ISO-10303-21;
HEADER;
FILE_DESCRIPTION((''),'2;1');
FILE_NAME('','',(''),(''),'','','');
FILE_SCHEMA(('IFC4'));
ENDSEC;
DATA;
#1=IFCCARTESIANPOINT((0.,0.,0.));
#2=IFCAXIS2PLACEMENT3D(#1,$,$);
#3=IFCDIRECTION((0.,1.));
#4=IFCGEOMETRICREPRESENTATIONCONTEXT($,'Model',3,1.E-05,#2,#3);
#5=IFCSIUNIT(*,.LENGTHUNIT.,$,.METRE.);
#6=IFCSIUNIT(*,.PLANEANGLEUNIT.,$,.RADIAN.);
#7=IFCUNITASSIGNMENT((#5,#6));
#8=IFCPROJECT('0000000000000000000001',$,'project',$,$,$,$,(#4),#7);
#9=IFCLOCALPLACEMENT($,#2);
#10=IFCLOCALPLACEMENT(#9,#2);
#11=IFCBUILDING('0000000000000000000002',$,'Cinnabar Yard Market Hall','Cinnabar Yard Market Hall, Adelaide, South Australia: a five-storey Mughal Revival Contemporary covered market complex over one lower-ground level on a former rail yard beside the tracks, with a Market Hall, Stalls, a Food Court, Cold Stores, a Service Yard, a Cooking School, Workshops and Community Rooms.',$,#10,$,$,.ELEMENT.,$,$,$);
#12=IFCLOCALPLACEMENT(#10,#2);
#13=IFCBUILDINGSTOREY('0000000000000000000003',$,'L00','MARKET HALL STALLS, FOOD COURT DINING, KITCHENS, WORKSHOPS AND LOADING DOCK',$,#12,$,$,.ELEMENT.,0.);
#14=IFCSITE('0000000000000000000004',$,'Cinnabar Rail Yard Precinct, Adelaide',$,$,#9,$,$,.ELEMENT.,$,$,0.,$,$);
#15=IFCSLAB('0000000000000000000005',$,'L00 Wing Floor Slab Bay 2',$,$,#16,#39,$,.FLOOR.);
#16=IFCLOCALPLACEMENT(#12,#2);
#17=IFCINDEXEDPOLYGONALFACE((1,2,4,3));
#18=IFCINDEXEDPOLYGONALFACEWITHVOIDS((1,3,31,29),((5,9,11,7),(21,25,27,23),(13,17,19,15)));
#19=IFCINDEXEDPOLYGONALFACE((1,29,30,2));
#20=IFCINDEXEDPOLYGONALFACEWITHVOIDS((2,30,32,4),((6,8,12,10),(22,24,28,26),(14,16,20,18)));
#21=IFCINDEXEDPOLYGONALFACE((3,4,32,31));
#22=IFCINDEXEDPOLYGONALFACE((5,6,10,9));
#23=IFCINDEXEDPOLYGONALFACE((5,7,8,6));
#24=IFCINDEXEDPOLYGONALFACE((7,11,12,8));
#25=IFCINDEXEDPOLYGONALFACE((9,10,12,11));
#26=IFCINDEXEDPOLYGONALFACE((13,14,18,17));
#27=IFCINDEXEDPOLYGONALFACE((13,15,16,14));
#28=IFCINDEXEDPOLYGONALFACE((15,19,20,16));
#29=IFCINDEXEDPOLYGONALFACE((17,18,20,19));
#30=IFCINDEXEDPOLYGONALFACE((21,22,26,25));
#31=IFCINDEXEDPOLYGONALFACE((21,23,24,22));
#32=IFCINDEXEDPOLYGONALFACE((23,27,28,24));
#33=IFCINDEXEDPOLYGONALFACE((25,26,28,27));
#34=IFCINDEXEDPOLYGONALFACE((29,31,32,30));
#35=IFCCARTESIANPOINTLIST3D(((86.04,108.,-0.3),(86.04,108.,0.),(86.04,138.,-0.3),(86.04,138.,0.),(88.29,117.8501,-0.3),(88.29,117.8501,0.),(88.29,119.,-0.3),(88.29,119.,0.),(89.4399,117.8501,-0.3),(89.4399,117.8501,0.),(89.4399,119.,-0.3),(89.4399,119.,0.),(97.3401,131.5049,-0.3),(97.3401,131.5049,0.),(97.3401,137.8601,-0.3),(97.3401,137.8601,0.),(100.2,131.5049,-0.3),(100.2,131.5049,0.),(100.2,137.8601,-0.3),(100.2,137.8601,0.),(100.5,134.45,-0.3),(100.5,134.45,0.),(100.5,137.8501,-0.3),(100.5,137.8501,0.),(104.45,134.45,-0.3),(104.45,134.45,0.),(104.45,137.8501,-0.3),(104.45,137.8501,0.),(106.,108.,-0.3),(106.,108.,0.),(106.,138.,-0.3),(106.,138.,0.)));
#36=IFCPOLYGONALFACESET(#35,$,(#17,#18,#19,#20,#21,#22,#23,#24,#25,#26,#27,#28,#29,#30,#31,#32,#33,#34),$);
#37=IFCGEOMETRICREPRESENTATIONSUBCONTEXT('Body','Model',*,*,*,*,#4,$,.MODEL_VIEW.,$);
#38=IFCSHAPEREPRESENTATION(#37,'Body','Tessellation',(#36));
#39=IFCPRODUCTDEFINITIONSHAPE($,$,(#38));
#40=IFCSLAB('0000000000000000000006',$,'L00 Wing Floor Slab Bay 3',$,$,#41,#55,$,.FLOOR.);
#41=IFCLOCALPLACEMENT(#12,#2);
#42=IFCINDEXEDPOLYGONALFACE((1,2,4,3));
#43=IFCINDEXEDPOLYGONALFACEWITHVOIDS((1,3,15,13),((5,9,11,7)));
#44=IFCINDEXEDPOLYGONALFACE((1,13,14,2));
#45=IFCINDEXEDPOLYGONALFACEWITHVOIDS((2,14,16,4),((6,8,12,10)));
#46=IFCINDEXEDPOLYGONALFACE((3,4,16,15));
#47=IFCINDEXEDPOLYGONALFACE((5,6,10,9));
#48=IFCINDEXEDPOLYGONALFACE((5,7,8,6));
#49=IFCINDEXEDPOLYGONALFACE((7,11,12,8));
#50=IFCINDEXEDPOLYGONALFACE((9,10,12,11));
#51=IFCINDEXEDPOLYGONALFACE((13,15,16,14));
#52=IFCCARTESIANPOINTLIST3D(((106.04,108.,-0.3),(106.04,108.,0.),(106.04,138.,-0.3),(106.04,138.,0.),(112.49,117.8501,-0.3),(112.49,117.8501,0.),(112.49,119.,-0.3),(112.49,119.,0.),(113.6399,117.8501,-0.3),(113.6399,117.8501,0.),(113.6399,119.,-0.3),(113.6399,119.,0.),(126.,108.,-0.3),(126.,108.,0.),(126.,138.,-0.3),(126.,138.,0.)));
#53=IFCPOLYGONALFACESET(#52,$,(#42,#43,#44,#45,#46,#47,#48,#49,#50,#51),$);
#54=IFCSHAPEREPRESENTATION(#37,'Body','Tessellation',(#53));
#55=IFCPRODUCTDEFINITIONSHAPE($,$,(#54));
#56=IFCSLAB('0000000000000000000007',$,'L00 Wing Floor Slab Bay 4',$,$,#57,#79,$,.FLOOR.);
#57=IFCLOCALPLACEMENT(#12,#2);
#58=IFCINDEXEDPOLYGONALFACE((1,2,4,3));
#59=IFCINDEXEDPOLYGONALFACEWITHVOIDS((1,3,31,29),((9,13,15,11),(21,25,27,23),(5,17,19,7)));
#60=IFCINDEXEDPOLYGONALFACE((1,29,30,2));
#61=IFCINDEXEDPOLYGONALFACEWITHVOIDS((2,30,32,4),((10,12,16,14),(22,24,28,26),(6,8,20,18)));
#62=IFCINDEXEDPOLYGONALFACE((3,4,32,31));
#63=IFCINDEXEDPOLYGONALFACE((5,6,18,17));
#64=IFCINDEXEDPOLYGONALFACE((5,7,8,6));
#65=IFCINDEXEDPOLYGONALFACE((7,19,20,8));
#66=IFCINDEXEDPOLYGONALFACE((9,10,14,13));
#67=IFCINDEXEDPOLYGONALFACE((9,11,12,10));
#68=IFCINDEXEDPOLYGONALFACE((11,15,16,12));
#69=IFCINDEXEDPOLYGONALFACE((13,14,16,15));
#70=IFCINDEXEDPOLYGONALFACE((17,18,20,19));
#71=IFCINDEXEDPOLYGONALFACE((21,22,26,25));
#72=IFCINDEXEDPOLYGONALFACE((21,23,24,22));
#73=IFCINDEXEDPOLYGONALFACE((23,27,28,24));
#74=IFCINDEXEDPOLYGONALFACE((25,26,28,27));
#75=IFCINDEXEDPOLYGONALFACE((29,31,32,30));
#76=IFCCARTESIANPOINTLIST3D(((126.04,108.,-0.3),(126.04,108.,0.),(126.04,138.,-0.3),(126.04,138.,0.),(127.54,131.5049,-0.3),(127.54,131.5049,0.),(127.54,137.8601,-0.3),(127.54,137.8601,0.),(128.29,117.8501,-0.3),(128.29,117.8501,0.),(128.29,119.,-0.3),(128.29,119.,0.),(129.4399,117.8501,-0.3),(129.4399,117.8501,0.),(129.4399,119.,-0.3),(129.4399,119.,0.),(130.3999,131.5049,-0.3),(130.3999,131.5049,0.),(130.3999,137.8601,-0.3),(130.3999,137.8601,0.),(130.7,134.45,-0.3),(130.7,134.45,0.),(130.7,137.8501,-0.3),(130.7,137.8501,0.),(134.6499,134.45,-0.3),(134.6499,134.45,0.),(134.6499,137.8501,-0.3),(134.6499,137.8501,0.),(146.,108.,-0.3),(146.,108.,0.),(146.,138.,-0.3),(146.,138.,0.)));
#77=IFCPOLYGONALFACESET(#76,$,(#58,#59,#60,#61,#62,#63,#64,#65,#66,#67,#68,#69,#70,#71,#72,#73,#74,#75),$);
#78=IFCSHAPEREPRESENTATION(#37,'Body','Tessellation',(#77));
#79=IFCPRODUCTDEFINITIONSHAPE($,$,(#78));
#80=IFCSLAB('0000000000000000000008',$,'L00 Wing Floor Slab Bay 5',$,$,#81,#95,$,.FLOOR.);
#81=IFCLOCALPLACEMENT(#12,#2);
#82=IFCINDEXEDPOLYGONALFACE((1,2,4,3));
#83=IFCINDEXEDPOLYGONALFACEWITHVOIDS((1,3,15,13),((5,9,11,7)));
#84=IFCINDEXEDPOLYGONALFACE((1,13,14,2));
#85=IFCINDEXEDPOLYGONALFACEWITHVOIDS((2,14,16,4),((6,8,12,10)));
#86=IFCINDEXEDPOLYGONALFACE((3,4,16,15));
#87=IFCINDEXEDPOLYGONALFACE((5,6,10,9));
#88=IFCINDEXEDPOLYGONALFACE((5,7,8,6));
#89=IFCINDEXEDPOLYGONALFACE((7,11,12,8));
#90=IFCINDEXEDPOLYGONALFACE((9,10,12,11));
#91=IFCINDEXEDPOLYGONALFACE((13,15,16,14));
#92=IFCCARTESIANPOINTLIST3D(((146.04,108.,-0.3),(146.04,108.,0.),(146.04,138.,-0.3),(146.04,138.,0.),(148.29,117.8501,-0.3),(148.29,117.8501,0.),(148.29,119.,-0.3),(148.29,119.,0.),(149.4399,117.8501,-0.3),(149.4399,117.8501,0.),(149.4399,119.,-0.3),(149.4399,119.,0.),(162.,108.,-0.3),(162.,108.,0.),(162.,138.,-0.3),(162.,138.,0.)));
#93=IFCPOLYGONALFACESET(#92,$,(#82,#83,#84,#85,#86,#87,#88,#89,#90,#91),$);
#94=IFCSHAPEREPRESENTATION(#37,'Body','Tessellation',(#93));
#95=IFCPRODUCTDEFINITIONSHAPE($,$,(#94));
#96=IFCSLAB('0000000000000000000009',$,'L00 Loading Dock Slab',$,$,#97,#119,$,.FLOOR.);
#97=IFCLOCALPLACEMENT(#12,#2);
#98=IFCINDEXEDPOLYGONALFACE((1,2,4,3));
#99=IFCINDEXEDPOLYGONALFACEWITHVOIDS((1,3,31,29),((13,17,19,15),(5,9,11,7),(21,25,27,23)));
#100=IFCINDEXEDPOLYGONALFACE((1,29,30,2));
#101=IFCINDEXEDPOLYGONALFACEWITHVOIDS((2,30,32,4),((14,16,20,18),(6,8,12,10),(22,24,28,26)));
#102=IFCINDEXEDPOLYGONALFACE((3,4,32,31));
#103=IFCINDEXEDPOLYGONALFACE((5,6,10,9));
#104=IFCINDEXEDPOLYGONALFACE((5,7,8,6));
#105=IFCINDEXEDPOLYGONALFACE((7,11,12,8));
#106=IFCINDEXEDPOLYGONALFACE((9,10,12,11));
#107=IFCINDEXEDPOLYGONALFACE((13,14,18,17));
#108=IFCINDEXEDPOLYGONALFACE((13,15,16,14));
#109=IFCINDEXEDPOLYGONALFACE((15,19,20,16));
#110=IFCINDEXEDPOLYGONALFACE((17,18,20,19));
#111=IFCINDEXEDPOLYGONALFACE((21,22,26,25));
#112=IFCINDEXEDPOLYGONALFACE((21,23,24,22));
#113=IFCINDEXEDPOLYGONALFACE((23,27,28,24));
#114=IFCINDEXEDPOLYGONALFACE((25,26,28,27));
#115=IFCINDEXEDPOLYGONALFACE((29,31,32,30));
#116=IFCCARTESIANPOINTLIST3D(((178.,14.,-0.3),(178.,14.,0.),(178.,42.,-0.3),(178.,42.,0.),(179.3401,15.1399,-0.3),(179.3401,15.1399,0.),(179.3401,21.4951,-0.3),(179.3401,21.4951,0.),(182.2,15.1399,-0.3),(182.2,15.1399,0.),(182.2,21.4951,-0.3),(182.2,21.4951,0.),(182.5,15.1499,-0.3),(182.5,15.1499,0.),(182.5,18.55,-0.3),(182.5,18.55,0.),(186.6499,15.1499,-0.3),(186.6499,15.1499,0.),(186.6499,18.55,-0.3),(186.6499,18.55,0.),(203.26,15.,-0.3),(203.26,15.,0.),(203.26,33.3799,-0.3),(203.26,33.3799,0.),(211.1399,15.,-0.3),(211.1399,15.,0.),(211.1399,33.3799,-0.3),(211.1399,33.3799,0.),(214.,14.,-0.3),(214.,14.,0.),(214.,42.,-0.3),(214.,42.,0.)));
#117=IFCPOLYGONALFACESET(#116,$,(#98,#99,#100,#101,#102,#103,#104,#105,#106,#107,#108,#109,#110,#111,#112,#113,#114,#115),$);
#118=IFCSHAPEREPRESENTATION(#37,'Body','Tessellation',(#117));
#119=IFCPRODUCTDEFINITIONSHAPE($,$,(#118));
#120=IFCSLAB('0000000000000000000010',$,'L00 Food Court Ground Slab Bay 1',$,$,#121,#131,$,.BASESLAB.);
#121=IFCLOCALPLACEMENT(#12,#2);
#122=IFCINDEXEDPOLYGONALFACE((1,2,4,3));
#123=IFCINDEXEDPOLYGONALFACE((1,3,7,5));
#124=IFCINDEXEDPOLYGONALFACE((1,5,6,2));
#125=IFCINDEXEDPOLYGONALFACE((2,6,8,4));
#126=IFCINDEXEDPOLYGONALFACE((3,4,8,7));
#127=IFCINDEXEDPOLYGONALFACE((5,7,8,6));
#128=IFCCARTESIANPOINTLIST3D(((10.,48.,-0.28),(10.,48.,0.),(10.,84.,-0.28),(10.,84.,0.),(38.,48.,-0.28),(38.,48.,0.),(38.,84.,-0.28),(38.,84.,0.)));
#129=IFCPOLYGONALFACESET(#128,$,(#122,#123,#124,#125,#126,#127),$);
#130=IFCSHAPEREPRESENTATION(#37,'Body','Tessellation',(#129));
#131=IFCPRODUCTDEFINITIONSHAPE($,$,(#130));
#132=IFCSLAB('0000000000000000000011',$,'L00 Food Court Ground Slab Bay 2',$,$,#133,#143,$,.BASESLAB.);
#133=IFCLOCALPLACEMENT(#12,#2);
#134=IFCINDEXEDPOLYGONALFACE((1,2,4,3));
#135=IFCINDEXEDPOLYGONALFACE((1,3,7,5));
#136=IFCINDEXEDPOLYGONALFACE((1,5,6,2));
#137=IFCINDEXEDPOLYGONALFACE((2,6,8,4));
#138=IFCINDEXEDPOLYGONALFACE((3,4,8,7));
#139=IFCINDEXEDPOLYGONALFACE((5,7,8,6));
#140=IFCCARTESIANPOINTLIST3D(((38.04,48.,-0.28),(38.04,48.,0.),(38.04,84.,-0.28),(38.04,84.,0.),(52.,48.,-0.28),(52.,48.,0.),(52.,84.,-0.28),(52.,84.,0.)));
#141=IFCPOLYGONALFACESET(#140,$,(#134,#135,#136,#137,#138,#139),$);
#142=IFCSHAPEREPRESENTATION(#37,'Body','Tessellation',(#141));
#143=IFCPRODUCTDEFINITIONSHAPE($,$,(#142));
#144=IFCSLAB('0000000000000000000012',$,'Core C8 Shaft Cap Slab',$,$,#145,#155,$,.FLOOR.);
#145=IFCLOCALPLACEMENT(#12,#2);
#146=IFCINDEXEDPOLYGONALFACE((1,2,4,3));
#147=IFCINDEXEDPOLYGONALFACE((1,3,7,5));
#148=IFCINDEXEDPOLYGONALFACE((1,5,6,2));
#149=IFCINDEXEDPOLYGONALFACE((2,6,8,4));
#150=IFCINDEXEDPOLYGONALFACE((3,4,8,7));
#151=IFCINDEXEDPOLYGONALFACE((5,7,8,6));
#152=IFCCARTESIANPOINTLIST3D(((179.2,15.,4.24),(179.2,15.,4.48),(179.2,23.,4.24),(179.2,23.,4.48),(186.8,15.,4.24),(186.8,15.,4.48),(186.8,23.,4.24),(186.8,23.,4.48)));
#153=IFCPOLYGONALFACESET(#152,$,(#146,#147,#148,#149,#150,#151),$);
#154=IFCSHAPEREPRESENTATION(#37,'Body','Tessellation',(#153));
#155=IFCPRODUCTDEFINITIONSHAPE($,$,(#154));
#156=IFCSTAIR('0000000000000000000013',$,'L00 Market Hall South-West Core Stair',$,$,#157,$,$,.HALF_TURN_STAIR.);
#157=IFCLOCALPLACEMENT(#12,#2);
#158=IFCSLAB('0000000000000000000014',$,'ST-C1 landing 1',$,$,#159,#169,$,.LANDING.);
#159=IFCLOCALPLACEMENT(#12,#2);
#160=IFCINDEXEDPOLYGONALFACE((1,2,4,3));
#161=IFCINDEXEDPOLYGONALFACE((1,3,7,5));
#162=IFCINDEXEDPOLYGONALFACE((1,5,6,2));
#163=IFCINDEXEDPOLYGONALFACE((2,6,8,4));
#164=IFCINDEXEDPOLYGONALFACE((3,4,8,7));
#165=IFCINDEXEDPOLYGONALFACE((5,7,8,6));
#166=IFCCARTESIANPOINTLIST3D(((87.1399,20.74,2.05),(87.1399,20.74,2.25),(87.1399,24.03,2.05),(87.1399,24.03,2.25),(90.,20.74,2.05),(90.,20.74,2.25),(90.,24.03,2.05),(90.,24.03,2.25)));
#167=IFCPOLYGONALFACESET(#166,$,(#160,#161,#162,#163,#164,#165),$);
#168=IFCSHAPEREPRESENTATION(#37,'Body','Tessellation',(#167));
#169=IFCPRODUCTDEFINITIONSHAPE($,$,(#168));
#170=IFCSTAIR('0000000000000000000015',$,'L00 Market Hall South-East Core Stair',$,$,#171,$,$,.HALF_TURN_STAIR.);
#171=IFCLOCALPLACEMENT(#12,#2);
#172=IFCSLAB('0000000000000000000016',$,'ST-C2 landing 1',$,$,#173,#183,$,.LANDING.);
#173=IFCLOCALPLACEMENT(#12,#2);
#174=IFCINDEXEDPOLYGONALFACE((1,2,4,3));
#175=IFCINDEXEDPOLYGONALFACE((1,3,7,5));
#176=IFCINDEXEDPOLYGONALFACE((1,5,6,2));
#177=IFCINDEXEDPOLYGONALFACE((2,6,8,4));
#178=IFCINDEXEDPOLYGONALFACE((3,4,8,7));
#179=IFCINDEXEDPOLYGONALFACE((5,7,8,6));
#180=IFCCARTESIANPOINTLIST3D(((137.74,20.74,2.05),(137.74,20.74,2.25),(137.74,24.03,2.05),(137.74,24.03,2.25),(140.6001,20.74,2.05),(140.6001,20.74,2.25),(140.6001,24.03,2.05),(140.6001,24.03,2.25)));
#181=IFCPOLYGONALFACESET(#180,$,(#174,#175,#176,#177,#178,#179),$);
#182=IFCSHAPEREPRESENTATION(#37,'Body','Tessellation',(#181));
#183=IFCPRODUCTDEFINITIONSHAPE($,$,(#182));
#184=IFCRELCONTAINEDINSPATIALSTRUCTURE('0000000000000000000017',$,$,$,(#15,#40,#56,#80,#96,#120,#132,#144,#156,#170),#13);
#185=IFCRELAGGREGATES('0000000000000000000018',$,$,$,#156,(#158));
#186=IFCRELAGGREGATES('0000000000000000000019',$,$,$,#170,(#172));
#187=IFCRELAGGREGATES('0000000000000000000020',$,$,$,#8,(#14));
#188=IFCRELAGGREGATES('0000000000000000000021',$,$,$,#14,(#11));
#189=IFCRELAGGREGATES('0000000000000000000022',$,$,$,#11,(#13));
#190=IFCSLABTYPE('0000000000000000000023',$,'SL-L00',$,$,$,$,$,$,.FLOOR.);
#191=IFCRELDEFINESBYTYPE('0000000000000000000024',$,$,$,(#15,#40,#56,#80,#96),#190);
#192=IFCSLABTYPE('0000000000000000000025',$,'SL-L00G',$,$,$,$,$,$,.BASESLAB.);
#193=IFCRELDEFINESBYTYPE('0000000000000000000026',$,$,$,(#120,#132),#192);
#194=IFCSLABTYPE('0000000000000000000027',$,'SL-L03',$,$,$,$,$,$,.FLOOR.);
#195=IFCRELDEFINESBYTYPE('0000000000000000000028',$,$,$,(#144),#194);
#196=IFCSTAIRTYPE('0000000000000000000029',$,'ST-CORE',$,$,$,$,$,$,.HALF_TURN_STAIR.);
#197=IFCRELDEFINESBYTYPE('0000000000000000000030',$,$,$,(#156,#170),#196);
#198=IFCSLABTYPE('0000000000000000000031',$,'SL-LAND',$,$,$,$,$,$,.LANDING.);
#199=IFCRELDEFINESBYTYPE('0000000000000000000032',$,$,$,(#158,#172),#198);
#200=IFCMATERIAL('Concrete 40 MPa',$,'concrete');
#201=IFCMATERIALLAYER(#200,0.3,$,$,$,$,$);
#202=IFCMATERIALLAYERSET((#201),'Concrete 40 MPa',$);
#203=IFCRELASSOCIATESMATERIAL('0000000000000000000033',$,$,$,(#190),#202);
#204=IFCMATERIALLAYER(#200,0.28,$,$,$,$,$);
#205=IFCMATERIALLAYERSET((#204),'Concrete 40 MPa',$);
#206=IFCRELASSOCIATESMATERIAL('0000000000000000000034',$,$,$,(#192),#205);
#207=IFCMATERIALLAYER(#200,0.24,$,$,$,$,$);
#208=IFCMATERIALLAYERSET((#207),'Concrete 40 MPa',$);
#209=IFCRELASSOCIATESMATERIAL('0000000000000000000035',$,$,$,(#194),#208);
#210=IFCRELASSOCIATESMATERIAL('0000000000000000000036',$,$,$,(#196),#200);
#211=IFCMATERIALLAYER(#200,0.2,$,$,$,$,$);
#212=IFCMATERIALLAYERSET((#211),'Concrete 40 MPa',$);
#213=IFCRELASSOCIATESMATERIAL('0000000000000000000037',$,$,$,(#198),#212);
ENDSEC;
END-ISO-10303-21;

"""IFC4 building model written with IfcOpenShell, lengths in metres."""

from ifc_helpers import new_model, si_unit, direction, frame, origin, place, context, subcontext, project, spatial, polyline, outline, extrude, material, layer, layer_set, type_object, element, aggregate, save


model = new_model("IFC4")

# Units and contexts
model_context = context("Model", 3, precision=1e-05, world=origin(), true_north=direction((0.0, 1.0)))
body_context = subcontext(model_context, "Body", "Model", "MODEL_VIEW")
ifc_project = project(units=[si_unit("LENGTHUNIT", "METRE"), si_unit("PLANEANGLEUNIT", "RADIAN")], contexts=[model_context])

# Site, building, storey
site_placement = place(None, origin())
site = spatial("IfcSite", under=ifc_project, at=site_placement, Name="Cinnabar Rail Yard Precinct, Adelaide", CompositionType="ELEMENT", RefElevation=0.0)
building_placement = place(site_placement, origin())
building = spatial("IfcBuilding", under=site, at=building_placement, Name="Cinnabar Yard Market Hall", Description="Cinnabar Yard Market Hall, Adelaide, South Australia: a five-storey Mughal Revival Contemporary covered market complex over one lower-ground level on a former rail yard beside the tracks, with a Market Hall, Stalls, a Food Court, Cold Stores, a Service Yard, a Cooking School, Workshops and Community Rooms.", CompositionType="ELEMENT")
storey_placement = place(building_placement, origin())
storey = spatial("IfcBuildingStorey", under=building, at=storey_placement, Name="L00", Description="MARKET HALL STALLS, FOOD COURT DINING, KITCHENS, WORKSHOPS AND LOADING DOCK", CompositionType="ELEMENT", Elevation=0.0)

# Slabs
ifc_material = material(Name="Concrete 40 MPa", Category="concrete")
ifc_layer_1 = layer(ifc_material, 0.3)
ifc_layer_set_1 = layer_set([ifc_layer_1], Name="Concrete 40 MPa")
slab_type_1 = type_object("IfcSlabType", Name="SL-L00", PredefinedType="FLOOR", material=ifc_layer_set_1)
slab_1_placement = place(storey_placement, frame((0.0, 0.0, -0.3)))
element("IfcSlab", 1, at=slab_1_placement, inside=storey, type_object=slab_type_1, Name="L00 Wing Floor Slab Bay 2", PredefinedType="FLOOR", context=body_context, shape_type="SweptSolid", body=[
    extrude(outline(polyline([(86.04, 108.0), (106.0, 108.0), (106.0, 138.0), (86.04, 138.0), (86.04, 108.0)]), holes=[polyline([(88.29, 117.8501), (89.4399, 117.8501), (89.4399, 119.0), (88.29, 119.0), (88.29, 117.8501)]), polyline([(100.2, 131.5049), (100.2, 137.8601), (97.3401, 137.8601), (97.3401, 131.5049), (100.2, 131.5049)]), polyline([(100.5, 134.45), (104.45, 134.45), (104.45, 137.8501), (100.5, 137.8501), (100.5, 134.45)])]), origin(), (0.0, 0.0, 1.0), 0.3),
])
slab_2_placement = place(storey_placement, frame((0.0, 0.0, -0.3)))
element("IfcSlab", 2, at=slab_2_placement, inside=storey, type_object=slab_type_1, Name="L00 Wing Floor Slab Bay 3", PredefinedType="FLOOR", context=body_context, shape_type="SweptSolid", body=[
    extrude(outline(polyline([(106.04, 108.0), (126.0, 108.0), (126.0, 138.0), (106.04, 138.0), (106.04, 108.0)]), holes=[polyline([(112.49, 117.8501), (113.6399, 117.8501), (113.6399, 119.0), (112.49, 119.0), (112.49, 117.8501)])]), origin(), (0.0, 0.0, 1.0), 0.3),
])
slab_3_placement = place(storey_placement, frame((0.0, 0.0, -0.3)))
element("IfcSlab", 3, at=slab_3_placement, inside=storey, type_object=slab_type_1, Name="L00 Wing Floor Slab Bay 4", PredefinedType="FLOOR", context=body_context, shape_type="SweptSolid", body=[
    extrude(outline(polyline([(126.04, 108.0), (146.0, 108.0), (146.0, 138.0), (126.04, 138.0), (126.04, 108.0)]), holes=[polyline([(128.29, 117.8501), (129.4399, 117.8501), (129.4399, 119.0), (128.29, 119.0), (128.29, 117.8501)]), polyline([(130.3999, 131.5049), (130.3999, 137.8601), (127.54, 137.8601), (127.54, 131.5049), (130.3999, 131.5049)]), polyline([(130.7, 134.45), (134.6499, 134.45), (134.6499, 137.8501), (130.7, 137.8501), (130.7, 134.45)])]), origin(), (0.0, 0.0, 1.0), 0.3),
])
slab_4_placement = place(storey_placement, frame((0.0, 0.0, -0.3)))
element("IfcSlab", 4, at=slab_4_placement, inside=storey, type_object=slab_type_1, Name="L00 Wing Floor Slab Bay 5", PredefinedType="FLOOR", context=body_context, shape_type="SweptSolid", body=[
    extrude(outline(polyline([(146.04, 108.0), (162.0, 108.0), (162.0, 138.0), (146.04, 138.0), (146.04, 108.0)]), holes=[polyline([(148.29, 117.8501), (149.4399, 117.8501), (149.4399, 119.0), (148.29, 119.0), (148.29, 117.8501)])]), origin(), (0.0, 0.0, 1.0), 0.3),
])
slab_5_placement = place(storey_placement, frame((0.0, 0.0, -0.3)))
element("IfcSlab", 5, at=slab_5_placement, inside=storey, type_object=slab_type_1, Name="L00 Loading Dock Slab", PredefinedType="FLOOR", context=body_context, shape_type="SweptSolid", body=[
    extrude(outline(polyline([(178.0, 14.0), (214.0, 14.0), (214.0, 42.0), (178.0, 42.0), (178.0, 14.0)]), holes=[polyline([(203.26, 15.0), (211.1399, 15.0), (211.1399, 33.3799), (203.26, 33.3799), (203.26, 15.0)]), polyline([(179.3401, 21.4951), (179.3401, 15.1399), (182.2, 15.1399), (182.2, 21.4951), (179.3401, 21.4951)]), polyline([(182.5, 15.1499), (186.6499, 15.1499), (186.6499, 18.55), (182.5, 18.55), (182.5, 15.1499)])]), origin(), (0.0, 0.0, 1.0), 0.3),
])
ifc_layer_2 = layer(ifc_material, 0.28)
ifc_layer_set_2 = layer_set([ifc_layer_2], Name="Concrete 40 MPa")
slab_type_2 = type_object("IfcSlabType", Name="SL-L00G", PredefinedType="BASESLAB", material=ifc_layer_set_2)
slab_6_placement = place(storey_placement, frame((0.0, 0.0, -0.28)))
element("IfcSlab", 6, at=slab_6_placement, inside=storey, type_object=slab_type_2, Name="L00 Food Court Ground Slab Bay 1", PredefinedType="BASESLAB", context=body_context, shape_type="SweptSolid", body=[
    extrude(outline(polyline([(10.0, 48.0), (38.0, 48.0), (38.0, 84.0), (10.0, 84.0), (10.0, 48.0)])), origin(), (0.0, 0.0, 1.0), 0.28),
])
slab_7_placement = place(storey_placement, frame((0.0, 0.0, -0.28)))
element("IfcSlab", 7, at=slab_7_placement, inside=storey, type_object=slab_type_2, Name="L00 Food Court Ground Slab Bay 2", PredefinedType="BASESLAB", context=body_context, shape_type="SweptSolid", body=[
    extrude(outline(polyline([(38.04, 48.0), (52.0, 48.0), (52.0, 84.0), (38.04, 84.0), (38.04, 48.0)])), origin(), (0.0, 0.0, 1.0), 0.28),
])
ifc_layer_3 = layer(ifc_material, 0.24)
ifc_layer_set_3 = layer_set([ifc_layer_3], Name="Concrete 40 MPa")
slab_type_3 = type_object("IfcSlabType", Name="SL-L03", PredefinedType="FLOOR", material=ifc_layer_set_3)
slab_8_placement = place(storey_placement, frame((0.0, 0.0, 4.24)))
element("IfcSlab", 8, at=slab_8_placement, inside=storey, type_object=slab_type_3, Name="Core C8 Shaft Cap Slab", PredefinedType="FLOOR", context=body_context, shape_type="SweptSolid", body=[
    extrude(outline(polyline([(179.2, 15.0), (186.8, 15.0), (186.8, 23.0), (179.2, 23.0), (179.2, 15.0)])), origin(), (0.0, 0.0, 1.0), 0.24),
])

# Stairs, slabs
stair_type = type_object("IfcStairType", Name="ST-CORE", PredefinedType="HALF_TURN_STAIR", material=ifc_material)
stair_1_placement = place(storey_placement, origin())
stair_1 = element("IfcStair", 9, at=stair_1_placement, inside=storey, type_object=stair_type, Name="L00 Market Hall South-West Core Stair", PredefinedType="HALF_TURN_STAIR")
ifc_layer_4 = layer(ifc_material, 0.2)
ifc_layer_set_4 = layer_set([ifc_layer_4], Name="Concrete 40 MPa")
slab_type_4 = type_object("IfcSlabType", Name="SL-LAND", PredefinedType="LANDING", material=ifc_layer_set_4)
slab_9_placement = place(storey_placement, frame((0.0, 0.0, 2.05)))
slab_9 = element("IfcSlab", 10, at=slab_9_placement, type_object=slab_type_4, Name="ST-C1 landing 1", PredefinedType="LANDING", context=body_context, shape_type="SweptSolid", body=[
    extrude(outline(polyline([(87.1399, 24.03), (87.1399, 20.74), (90.0, 20.74), (90.0, 24.03), (87.1399, 24.03)])), origin(), (0.0, 0.0, 1.0), 0.2),
])
aggregate(stair_1, [slab_9])
stair_2_placement = place(storey_placement, origin())
stair_2 = element("IfcStair", 11, at=stair_2_placement, inside=storey, type_object=stair_type, Name="L00 Market Hall South-East Core Stair", PredefinedType="HALF_TURN_STAIR")
slab_10_placement = place(storey_placement, frame((0.0, 0.0, 2.05)))
slab_10 = element("IfcSlab", 12, at=slab_10_placement, type_object=slab_type_4, Name="ST-C2 landing 1", PredefinedType="LANDING", context=body_context, shape_type="SweptSolid", body=[
    extrude(outline(polyline([(137.74, 24.03), (137.74, 20.74), (140.6001, 20.74), (140.6001, 24.03), (137.74, 24.03)])), origin(), (0.0, 0.0, 1.0), 0.2),
])
aggregate(stair_2, [slab_10])

save(model, "model.ifc")
